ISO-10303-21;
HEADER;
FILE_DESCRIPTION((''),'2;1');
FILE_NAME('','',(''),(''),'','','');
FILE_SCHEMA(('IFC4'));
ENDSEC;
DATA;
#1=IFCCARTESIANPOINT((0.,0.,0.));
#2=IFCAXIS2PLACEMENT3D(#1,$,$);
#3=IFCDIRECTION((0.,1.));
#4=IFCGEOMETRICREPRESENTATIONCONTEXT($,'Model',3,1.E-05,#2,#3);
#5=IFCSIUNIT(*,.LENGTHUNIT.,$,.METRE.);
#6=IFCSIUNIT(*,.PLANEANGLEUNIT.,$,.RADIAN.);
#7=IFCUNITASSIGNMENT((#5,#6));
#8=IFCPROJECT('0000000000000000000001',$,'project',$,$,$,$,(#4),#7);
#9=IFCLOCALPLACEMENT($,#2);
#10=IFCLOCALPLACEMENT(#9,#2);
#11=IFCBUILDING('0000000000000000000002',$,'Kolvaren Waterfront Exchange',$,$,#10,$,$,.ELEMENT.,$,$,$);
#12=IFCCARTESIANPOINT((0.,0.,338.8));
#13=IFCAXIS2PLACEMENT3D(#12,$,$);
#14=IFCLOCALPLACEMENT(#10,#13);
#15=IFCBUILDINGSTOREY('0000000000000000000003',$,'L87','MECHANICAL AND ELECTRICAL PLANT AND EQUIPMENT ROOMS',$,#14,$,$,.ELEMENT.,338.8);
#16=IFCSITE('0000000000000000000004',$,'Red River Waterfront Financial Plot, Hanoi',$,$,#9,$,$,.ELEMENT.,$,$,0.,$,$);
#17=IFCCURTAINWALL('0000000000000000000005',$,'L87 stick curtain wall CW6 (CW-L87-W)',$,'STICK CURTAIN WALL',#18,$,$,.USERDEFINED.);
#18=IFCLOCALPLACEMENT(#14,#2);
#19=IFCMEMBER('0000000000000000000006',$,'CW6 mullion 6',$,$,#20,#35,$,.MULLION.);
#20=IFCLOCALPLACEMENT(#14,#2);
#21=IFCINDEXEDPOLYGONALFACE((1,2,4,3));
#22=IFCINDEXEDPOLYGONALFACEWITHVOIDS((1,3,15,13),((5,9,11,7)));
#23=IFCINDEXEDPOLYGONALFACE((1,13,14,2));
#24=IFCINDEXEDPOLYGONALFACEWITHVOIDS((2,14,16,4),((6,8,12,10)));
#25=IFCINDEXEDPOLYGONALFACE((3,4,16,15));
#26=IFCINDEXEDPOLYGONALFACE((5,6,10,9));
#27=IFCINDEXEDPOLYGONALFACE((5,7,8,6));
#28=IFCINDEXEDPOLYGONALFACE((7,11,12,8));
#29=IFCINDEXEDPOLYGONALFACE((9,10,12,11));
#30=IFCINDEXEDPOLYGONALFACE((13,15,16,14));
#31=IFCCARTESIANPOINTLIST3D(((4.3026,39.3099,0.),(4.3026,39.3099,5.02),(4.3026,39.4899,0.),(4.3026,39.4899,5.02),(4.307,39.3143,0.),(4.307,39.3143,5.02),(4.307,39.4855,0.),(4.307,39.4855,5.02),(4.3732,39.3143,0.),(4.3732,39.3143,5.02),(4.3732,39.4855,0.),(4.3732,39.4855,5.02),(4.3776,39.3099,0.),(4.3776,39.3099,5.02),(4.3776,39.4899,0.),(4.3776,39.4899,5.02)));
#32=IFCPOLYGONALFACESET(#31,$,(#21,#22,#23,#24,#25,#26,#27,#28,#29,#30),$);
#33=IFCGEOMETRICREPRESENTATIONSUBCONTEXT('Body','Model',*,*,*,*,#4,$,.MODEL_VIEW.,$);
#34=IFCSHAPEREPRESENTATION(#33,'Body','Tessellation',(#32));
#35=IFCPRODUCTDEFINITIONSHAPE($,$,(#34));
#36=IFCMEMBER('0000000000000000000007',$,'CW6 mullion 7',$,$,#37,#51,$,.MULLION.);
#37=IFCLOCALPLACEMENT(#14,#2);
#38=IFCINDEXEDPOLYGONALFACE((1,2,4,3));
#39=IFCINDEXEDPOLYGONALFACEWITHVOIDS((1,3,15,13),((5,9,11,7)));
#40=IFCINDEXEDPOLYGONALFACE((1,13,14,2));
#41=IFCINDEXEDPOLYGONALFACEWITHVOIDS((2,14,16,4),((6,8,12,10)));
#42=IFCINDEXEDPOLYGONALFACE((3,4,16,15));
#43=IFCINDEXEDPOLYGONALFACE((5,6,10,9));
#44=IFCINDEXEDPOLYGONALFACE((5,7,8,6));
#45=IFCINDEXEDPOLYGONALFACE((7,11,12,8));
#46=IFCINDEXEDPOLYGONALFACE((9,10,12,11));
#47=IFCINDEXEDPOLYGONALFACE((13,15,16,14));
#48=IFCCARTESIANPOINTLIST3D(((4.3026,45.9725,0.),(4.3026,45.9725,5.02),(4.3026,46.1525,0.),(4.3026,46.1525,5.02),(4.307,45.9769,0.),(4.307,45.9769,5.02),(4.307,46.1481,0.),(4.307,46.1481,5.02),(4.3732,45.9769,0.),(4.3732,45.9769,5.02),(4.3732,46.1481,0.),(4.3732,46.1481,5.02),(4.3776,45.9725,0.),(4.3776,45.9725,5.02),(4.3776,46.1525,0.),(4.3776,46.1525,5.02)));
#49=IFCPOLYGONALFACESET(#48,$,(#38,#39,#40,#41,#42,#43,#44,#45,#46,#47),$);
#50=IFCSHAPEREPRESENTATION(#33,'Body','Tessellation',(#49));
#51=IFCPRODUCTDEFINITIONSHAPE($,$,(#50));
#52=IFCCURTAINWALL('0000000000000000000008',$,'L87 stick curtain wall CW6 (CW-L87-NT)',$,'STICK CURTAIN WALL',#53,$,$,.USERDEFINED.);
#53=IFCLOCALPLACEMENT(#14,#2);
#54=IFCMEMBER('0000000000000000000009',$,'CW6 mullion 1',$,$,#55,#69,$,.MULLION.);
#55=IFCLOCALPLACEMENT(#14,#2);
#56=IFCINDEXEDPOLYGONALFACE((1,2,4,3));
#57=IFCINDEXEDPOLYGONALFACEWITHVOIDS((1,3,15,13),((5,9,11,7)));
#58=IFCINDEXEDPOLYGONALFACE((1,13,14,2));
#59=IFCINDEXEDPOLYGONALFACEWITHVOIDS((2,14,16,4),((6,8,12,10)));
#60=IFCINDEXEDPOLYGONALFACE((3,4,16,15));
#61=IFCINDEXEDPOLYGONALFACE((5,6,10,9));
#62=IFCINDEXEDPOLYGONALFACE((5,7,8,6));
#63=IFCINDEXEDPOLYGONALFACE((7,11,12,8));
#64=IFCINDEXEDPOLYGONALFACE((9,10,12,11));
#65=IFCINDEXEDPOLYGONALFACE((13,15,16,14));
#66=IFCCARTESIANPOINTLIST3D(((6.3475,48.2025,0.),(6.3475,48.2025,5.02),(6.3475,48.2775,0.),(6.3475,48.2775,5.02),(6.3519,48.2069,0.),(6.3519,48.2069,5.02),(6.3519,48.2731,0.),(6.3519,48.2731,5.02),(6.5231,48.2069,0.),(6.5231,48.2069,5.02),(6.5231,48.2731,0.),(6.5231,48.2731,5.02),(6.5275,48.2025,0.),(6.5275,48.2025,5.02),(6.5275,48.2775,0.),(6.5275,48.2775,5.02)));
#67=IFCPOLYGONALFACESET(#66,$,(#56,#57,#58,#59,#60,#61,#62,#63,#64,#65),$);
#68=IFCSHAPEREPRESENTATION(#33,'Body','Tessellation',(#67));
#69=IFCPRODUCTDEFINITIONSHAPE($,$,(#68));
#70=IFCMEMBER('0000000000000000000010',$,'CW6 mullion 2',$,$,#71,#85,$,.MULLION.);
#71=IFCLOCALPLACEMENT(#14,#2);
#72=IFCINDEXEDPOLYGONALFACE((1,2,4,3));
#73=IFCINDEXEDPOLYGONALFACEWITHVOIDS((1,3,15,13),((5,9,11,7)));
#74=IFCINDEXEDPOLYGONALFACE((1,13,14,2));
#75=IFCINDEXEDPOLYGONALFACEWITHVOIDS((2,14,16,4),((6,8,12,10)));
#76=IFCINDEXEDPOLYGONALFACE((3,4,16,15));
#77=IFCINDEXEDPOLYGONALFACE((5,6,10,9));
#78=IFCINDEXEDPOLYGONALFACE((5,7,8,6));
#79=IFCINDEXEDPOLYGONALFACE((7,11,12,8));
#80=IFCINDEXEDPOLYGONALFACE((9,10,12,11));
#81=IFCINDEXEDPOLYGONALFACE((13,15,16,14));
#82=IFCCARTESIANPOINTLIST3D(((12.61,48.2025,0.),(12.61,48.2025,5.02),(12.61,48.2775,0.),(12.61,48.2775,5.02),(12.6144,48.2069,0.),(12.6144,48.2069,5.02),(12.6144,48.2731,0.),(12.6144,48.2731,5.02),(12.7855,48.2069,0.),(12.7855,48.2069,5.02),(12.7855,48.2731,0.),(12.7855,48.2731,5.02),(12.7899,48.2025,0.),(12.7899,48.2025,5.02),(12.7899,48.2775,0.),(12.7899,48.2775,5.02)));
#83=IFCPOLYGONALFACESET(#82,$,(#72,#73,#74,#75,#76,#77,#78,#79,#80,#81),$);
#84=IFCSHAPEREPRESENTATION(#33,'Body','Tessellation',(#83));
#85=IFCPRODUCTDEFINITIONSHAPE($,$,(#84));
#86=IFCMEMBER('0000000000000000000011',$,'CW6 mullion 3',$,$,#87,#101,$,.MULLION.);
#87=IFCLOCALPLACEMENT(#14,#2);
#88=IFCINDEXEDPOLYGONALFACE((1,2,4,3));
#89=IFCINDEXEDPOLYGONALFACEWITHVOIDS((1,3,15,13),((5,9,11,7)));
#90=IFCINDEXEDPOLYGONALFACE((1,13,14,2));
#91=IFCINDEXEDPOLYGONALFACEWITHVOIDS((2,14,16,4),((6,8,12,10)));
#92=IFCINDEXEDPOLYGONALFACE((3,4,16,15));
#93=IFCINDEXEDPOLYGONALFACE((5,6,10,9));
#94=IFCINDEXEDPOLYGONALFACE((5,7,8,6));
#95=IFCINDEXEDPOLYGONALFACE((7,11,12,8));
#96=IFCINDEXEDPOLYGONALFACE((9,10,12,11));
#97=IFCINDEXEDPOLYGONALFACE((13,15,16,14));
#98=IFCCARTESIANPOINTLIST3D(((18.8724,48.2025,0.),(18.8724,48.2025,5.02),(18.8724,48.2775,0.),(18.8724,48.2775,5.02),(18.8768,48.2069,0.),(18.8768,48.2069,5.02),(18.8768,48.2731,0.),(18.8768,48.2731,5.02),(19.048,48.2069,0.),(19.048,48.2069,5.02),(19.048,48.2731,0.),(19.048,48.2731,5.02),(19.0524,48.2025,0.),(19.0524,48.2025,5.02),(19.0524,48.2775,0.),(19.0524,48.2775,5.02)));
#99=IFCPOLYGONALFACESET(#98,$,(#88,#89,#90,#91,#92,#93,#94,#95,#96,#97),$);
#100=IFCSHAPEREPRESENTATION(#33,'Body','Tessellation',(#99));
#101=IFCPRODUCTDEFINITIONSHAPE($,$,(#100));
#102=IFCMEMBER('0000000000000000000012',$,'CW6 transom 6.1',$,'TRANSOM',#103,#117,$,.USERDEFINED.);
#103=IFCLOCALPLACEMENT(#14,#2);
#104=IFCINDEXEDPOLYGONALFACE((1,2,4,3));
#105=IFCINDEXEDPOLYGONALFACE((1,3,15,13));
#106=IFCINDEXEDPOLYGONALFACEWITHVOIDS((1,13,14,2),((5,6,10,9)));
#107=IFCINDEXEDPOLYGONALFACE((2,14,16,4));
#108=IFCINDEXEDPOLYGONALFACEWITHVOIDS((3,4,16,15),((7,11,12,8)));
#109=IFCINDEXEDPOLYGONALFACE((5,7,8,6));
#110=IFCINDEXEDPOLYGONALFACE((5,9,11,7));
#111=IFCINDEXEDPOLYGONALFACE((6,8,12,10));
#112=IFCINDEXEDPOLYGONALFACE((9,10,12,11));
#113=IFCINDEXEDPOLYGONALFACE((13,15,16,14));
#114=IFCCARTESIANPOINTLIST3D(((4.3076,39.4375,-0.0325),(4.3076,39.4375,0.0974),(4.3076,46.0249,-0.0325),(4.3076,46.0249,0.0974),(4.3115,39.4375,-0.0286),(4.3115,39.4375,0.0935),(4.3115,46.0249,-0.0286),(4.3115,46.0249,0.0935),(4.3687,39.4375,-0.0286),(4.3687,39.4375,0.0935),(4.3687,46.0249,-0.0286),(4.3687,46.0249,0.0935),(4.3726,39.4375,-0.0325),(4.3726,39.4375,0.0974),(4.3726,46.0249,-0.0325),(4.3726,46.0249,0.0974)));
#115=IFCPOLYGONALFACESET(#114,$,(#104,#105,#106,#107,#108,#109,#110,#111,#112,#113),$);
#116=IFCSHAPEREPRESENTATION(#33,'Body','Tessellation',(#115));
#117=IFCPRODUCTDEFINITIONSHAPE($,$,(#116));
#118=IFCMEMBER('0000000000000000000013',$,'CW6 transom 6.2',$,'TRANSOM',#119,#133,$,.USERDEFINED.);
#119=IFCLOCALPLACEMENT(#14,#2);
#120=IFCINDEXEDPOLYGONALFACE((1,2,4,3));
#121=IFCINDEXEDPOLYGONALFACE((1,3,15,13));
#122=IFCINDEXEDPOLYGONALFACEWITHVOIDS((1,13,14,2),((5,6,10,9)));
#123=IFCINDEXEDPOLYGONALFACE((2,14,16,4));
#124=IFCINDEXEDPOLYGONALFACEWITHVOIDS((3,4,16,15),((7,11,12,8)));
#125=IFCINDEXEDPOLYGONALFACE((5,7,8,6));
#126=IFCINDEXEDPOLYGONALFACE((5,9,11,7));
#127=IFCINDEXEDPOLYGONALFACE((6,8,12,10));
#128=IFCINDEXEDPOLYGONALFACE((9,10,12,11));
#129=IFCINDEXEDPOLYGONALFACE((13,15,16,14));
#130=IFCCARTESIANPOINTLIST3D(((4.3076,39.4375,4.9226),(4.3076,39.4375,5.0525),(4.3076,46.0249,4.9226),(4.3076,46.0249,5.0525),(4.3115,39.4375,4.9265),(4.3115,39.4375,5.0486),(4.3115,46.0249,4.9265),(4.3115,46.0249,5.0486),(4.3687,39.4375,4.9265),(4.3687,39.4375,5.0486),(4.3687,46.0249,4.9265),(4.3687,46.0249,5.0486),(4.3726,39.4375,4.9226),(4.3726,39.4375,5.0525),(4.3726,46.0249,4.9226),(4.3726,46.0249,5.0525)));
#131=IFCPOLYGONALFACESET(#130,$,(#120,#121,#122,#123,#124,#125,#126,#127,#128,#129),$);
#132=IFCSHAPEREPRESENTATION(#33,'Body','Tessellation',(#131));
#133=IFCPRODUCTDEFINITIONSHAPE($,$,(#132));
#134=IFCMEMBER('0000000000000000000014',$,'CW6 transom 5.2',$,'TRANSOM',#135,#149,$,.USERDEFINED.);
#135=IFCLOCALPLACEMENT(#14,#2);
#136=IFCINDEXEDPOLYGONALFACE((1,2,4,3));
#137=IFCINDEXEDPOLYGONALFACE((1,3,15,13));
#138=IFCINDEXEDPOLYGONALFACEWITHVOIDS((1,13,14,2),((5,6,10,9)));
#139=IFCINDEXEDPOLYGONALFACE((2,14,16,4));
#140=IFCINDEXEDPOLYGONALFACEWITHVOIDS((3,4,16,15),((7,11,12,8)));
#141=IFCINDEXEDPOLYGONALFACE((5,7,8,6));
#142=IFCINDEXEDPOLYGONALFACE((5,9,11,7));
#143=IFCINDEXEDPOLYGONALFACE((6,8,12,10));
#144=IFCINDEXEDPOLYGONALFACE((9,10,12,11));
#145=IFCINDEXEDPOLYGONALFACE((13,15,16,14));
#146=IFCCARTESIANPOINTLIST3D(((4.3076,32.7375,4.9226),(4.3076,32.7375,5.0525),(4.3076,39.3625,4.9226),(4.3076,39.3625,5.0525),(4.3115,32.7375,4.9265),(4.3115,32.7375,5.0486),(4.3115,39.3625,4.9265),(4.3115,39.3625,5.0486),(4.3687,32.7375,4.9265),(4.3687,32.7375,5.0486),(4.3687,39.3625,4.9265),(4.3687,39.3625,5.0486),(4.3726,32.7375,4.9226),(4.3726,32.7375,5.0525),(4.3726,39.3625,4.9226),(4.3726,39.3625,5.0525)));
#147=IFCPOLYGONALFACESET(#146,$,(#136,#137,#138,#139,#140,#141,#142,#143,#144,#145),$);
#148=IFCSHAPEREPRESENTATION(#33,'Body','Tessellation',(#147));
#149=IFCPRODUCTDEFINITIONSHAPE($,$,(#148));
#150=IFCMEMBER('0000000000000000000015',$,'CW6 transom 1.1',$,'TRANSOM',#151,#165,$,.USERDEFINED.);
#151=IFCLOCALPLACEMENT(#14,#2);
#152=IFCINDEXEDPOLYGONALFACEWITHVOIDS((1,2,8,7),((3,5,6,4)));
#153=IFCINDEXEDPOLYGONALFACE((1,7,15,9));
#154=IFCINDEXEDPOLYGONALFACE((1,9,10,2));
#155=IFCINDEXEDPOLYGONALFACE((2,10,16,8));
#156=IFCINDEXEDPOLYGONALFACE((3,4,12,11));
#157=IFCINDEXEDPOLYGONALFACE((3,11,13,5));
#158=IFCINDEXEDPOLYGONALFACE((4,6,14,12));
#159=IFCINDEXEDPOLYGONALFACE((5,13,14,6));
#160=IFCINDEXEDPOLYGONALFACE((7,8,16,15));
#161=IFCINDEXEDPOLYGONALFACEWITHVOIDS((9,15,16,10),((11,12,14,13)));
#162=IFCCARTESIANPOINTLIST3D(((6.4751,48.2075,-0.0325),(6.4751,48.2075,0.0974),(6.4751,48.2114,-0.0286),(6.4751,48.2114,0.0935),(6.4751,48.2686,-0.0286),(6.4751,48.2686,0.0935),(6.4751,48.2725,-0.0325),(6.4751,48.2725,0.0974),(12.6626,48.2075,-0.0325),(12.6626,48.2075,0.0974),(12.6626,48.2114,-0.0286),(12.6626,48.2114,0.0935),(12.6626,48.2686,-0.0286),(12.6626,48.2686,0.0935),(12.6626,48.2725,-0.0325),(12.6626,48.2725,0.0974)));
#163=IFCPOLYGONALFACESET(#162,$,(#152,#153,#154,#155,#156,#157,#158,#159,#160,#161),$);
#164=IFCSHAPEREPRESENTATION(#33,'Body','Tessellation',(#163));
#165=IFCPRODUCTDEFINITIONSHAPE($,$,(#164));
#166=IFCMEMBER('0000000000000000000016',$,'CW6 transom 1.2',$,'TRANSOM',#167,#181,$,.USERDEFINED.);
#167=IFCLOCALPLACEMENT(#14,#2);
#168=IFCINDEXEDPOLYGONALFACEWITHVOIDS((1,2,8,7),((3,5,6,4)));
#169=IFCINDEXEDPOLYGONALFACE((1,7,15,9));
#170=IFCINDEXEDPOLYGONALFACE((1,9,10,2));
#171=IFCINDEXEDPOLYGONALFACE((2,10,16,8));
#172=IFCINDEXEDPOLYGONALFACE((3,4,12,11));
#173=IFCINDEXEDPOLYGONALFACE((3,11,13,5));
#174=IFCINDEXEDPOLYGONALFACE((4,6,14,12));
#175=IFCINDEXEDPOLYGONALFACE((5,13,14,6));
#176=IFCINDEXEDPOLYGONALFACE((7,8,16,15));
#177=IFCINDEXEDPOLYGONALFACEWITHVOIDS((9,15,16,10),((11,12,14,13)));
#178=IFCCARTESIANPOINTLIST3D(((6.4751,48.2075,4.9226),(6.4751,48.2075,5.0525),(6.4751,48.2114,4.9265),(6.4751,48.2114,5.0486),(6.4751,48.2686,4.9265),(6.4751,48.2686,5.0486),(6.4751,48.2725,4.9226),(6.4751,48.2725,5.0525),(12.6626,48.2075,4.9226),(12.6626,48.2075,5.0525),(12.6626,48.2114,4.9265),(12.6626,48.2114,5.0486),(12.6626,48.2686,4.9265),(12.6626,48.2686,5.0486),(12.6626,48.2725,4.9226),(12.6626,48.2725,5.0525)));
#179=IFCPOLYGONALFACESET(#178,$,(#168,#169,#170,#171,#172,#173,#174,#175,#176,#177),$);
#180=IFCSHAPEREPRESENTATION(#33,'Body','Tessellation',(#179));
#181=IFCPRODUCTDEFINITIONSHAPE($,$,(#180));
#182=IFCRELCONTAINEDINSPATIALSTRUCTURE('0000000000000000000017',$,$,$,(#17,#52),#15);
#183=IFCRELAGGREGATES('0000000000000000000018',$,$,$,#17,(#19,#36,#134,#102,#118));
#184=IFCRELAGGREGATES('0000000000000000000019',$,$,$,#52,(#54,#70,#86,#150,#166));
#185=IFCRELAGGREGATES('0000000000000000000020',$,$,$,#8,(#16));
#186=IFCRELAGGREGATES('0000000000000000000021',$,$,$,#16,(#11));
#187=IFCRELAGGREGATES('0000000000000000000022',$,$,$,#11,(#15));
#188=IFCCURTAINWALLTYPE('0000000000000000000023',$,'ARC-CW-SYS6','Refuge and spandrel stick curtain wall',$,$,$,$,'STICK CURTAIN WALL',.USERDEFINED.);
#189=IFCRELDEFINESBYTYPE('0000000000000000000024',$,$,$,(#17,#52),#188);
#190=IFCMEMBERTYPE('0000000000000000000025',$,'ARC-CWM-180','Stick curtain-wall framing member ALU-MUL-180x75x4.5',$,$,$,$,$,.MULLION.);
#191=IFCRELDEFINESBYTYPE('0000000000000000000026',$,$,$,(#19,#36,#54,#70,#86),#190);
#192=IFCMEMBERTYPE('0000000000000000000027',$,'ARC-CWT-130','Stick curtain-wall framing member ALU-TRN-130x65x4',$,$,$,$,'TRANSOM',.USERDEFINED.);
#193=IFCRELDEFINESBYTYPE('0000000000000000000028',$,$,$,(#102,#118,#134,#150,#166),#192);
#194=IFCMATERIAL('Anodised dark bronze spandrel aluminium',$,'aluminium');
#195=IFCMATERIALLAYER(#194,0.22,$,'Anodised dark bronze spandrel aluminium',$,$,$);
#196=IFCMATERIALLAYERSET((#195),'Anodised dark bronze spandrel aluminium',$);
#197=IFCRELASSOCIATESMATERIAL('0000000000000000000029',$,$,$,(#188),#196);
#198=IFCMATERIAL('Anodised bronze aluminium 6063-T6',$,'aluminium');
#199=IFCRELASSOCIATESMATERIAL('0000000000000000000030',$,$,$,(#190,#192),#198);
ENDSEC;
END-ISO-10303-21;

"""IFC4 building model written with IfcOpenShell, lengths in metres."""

from ifc_helpers import new_model, si_unit, direction, frame, origin, origin_with_axes, origin_2d, place, context, subcontext, project, spatial, hollow_rectangle, extrude, source, transform, mapped, material, layer, layer_set, material_profile, profile_set, type_object, element, aggregate, save


model = new_model("IFC4")

# Units and contexts
model_context = context("Model", 3, precision=1e-05, world=origin(), true_north=direction((0.0, 1.0)))
body_context = subcontext(model_context, "Body", "Model", "MODEL_VIEW")
ifc_project = project(units=[si_unit("LENGTHUNIT", "METRE"), si_unit("PLANEANGLEUNIT", "RADIAN")], contexts=[model_context])

# Site, building, storey
site_placement = place(None, origin())
site = spatial("IfcSite", under=ifc_project, at=site_placement, Name="Red River Waterfront Financial Plot, Hanoi", CompositionType="ELEMENT", RefElevation=0.0)
building_placement = place(site_placement, origin())
building = spatial("IfcBuilding", under=site, at=building_placement, Name="Kolvaren Waterfront Exchange", CompositionType="ELEMENT")
storey_placement = place(building_placement, frame((0.0, 0.0, 338.8)))
storey = spatial("IfcBuildingStorey", under=building, at=storey_placement, Name="L87", Description="MECHANICAL AND ELECTRICAL PLANT AND EQUIPMENT ROOMS", CompositionType="ELEMENT", Elevation=338.8)

# Curtain walls, members
ifc_material_1 = material(Name="Anodised dark bronze spandrel aluminium", Category="aluminium")
ifc_layer_1 = layer(ifc_material_1, 0.22, Name="Anodised dark bronze spandrel aluminium")
ifc_layer_set_1 = layer_set([ifc_layer_1], Name="Anodised dark bronze spandrel aluminium")
curtain_wall_type = type_object("IfcCurtainWallType", Name="ARC-CW-SYS6", Description="Refuge and spandrel stick curtain wall", ElementType="STICK CURTAIN WALL", PredefinedType="USERDEFINED", material=ifc_layer_set_1)
curtain_wall_1_placement = place(storey_placement, origin())
curtain_wall_1 = element("IfcCurtainWall", 1, at=curtain_wall_1_placement, inside=storey, type_object=curtain_wall_type, Name="L87 stick curtain wall CW6 (CW-L87-W)", ObjectType="STICK CURTAIN WALL", PredefinedType="USERDEFINED")
ifc_material_2 = material(Name="Anodised bronze aluminium 6063-T6", Category="aluminium")
ifc_material_profile_1 = material_profile(ifc_material_2, hollow_rectangle(XDim=0.075, YDim=0.1799, WallThickness=0.0044, at=origin_2d()), Name="ALU-MUL-180x75x4.5")
ifc_profile_set_1 = profile_set([ifc_material_profile_1], Name="Anodised bronze aluminium 6063-T6")
member_type_1 = type_object("IfcMemberType", Name="ARC-CWM-180", Description="Stick curtain-wall framing member ALU-MUL-180x75x4.5", PredefinedType="MULLION", material=ifc_profile_set_1)
shared_shape_1 = source(origin_with_axes(), body_context, "Body", "SweptSolid", [
    extrude(hollow_rectangle(XDim=0.075, YDim=0.1799, WallThickness=0.0044, at=origin_2d()), origin(), (0.0, 0.0, 1.0), 5.02),
])
member_1_placement = place(storey_placement, frame((4.3401, 39.3999, 0.0), z_axis=(0.0, 0.0, 1.0), x_axis=(-1.0, 0.0, 0.0)))
member_1 = element("IfcMember", 2, at=member_1_placement, type_object=member_type_1, Name="CW6 mullion 6", PredefinedType="MULLION", context=body_context, shape_type="MappedRepresentation", body=[
    mapped(shared_shape_1, transform((0.0, 0.0, 0.0), x_axis=(1.0, 0.0, 0.0), y_axis=(0.0, 1.0, 0.0), z_axis=(0.0, 0.0, 1.0), scale=1.0)),
])
member_2_placement = place(storey_placement, frame((4.3401, 46.0625, 0.0), z_axis=(0.0, 0.0, 1.0), x_axis=(-1.0, 0.0, 0.0)))
member_2 = element("IfcMember", 3, at=member_2_placement, type_object=member_type_1, Name="CW6 mullion 7", PredefinedType="MULLION", context=body_context, shape_type="MappedRepresentation", body=[
    mapped(shared_shape_1, transform((0.0, 0.0, 0.0), x_axis=(1.0, 0.0, 0.0), y_axis=(0.0, 1.0, 0.0), z_axis=(0.0, 0.0, 1.0), scale=1.0)),
])
curtain_wall_2_placement = place(storey_placement, origin())
curtain_wall_2 = element("IfcCurtainWall", 4, at=curtain_wall_2_placement, inside=storey, type_object=curtain_wall_type, Name="L87 stick curtain wall CW6 (CW-L87-NT)", ObjectType="STICK CURTAIN WALL", PredefinedType="USERDEFINED")
member_3_placement = place(storey_placement, frame((6.4375, 48.24, 0.0), z_axis=(0.0, 0.0, 1.0), x_axis=(0.0, 1.0, 0.0)))
member_3 = element("IfcMember", 5, at=member_3_placement, type_object=member_type_1, Name="CW6 mullion 1", PredefinedType="MULLION", context=body_context, shape_type="MappedRepresentation", body=[
    mapped(shared_shape_1, transform((0.0, 0.0, 0.0), x_axis=(1.0, 0.0, 0.0), y_axis=(0.0, 1.0, 0.0), z_axis=(0.0, 0.0, 1.0), scale=1.0)),
])
member_4_placement = place(storey_placement, frame((12.7, 48.24, 0.0), z_axis=(0.0, 0.0, 1.0), x_axis=(0.0, 1.0, 0.0)))
member_4 = element("IfcMember", 6, at=member_4_placement, type_object=member_type_1, Name="CW6 mullion 2", PredefinedType="MULLION", context=body_context, shape_type="MappedRepresentation", body=[
    mapped(shared_shape_1, transform((0.0, 0.0, 0.0), x_axis=(1.0, 0.0, 0.0), y_axis=(0.0, 1.0, 0.0), z_axis=(0.0, 0.0, 1.0), scale=1.0)),
])
member_5_placement = place(storey_placement, frame((18.9624, 48.24, 0.0), z_axis=(0.0, 0.0, 1.0), x_axis=(0.0, 1.0, 0.0)))
member_5 = element("IfcMember", 7, at=member_5_placement, type_object=member_type_1, Name="CW6 mullion 3", PredefinedType="MULLION", context=body_context, shape_type="MappedRepresentation", body=[
    mapped(shared_shape_1, transform((0.0, 0.0, 0.0), x_axis=(1.0, 0.0, 0.0), y_axis=(0.0, 1.0, 0.0), z_axis=(0.0, 0.0, 1.0), scale=1.0)),
])

# Members
ifc_material_profile_2 = material_profile(ifc_material_2, hollow_rectangle(XDim=0.0649, YDim=0.1299, WallThickness=0.0039, at=origin_2d()), Name="ALU-TRN-130x65x4")
ifc_profile_set_2 = profile_set([ifc_material_profile_2], Name="Anodised bronze aluminium 6063-T6")
member_type_2 = type_object("IfcMemberType", Name="ARC-CWT-130", Description="Stick curtain-wall framing member ALU-TRN-130x65x4", ElementType="TRANSOM", PredefinedType="USERDEFINED", material=ifc_profile_set_2)
shared_shape_2 = source(origin_with_axes(), body_context, "Body", "SweptSolid", [
    extrude(hollow_rectangle(XDim=0.0649, YDim=0.1299, WallThickness=0.0039, at=origin_2d()), origin(), (0.0, 0.0, 1.0), 6.5874),
])
member_6_placement = place(storey_placement, frame((4.3401, 39.4375, 0.0325), z_axis=(0.0, 1.0, 0.0), x_axis=(-1.0, 0.0, 0.0)))
member_6 = element("IfcMember", 8, at=member_6_placement, type_object=member_type_2, Name="CW6 transom 6.1", ObjectType="TRANSOM", PredefinedType="USERDEFINED", context=body_context, shape_type="MappedRepresentation", body=[
    mapped(shared_shape_2, transform((0.0, 0.0, 0.0), x_axis=(1.0, 0.0, 0.0), y_axis=(0.0, 1.0, 0.0), z_axis=(0.0, 0.0, 1.0), scale=1.0)),
])
member_7_placement = place(storey_placement, frame((4.3401, 39.4375, 4.9875), z_axis=(0.0, 1.0, 0.0), x_axis=(-1.0, 0.0, 0.0)))
member_7 = element("IfcMember", 9, at=member_7_placement, type_object=member_type_2, Name="CW6 transom 6.2", ObjectType="TRANSOM", PredefinedType="USERDEFINED", context=body_context, shape_type="MappedRepresentation", body=[
    mapped(shared_shape_2, transform((0.0, 0.0, 0.0), x_axis=(1.0, 0.0, 0.0), y_axis=(0.0, 1.0, 0.0), z_axis=(0.0, 0.0, 1.0), scale=1.0)),
])
shared_shape_3 = source(origin_with_axes(), body_context, "Body", "SweptSolid", [
    extrude(hollow_rectangle(XDim=0.0649, YDim=0.1299, WallThickness=0.0039, at=origin_2d()), origin(), (0.0, 0.0, 1.0), 6.625),
])
member_8_placement = place(storey_placement, frame((4.3401, 32.7375, 4.9875), z_axis=(0.0, 1.0, 0.0), x_axis=(-1.0, 0.0, 0.0)))
member_8 = element("IfcMember", 10, at=member_8_placement, type_object=member_type_2, Name="CW6 transom 5.2", ObjectType="TRANSOM", PredefinedType="USERDEFINED", context=body_context, shape_type="MappedRepresentation", body=[
    mapped(shared_shape_3, transform((0.0, 0.0, 0.0), x_axis=(1.0, 0.0, 0.0), y_axis=(0.0, 1.0, 0.0), z_axis=(0.0, 0.0, 1.0), scale=1.0)),
])
shared_shape_4 = source(origin_with_axes(), body_context, "Body", "SweptSolid", [
    extrude(hollow_rectangle(XDim=0.0649, YDim=0.1299, WallThickness=0.0039, at=origin_2d()), origin(), (0.0, 0.0, 1.0), 6.1875),
])
member_9_placement = place(storey_placement, frame((6.4751, 48.24, 0.0325), z_axis=(1.0, 0.0, 0.0), x_axis=(0.0, 1.0, 0.0)))
member_9 = element("IfcMember", 11, at=member_9_placement, type_object=member_type_2, Name="CW6 transom 1.1", ObjectType="TRANSOM", PredefinedType="USERDEFINED", context=body_context, shape_type="MappedRepresentation", body=[
    mapped(shared_shape_4, transform((0.0, 0.0, 0.0), x_axis=(1.0, 0.0, 0.0), y_axis=(0.0, 1.0, 0.0), z_axis=(0.0, 0.0, 1.0), scale=1.0)),
])
member_10_placement = place(storey_placement, frame((6.4751, 48.24, 4.9875), z_axis=(1.0, 0.0, 0.0), x_axis=(0.0, 1.0, 0.0)))
member_10 = element("IfcMember", 12, at=member_10_placement, type_object=member_type_2, Name="CW6 transom 1.2", ObjectType="TRANSOM", PredefinedType="USERDEFINED", context=body_context, shape_type="MappedRepresentation", body=[
    mapped(shared_shape_4, transform((0.0, 0.0, 0.0), x_axis=(1.0, 0.0, 0.0), y_axis=(0.0, 1.0, 0.0), z_axis=(0.0, 0.0, 1.0), scale=1.0)),
])

aggregate(curtain_wall_1, [member_1, member_2, member_8, member_6, member_7])
aggregate(curtain_wall_2, [member_3, member_4, member_5, member_9, member_10])

save(model, "model.ifc")
